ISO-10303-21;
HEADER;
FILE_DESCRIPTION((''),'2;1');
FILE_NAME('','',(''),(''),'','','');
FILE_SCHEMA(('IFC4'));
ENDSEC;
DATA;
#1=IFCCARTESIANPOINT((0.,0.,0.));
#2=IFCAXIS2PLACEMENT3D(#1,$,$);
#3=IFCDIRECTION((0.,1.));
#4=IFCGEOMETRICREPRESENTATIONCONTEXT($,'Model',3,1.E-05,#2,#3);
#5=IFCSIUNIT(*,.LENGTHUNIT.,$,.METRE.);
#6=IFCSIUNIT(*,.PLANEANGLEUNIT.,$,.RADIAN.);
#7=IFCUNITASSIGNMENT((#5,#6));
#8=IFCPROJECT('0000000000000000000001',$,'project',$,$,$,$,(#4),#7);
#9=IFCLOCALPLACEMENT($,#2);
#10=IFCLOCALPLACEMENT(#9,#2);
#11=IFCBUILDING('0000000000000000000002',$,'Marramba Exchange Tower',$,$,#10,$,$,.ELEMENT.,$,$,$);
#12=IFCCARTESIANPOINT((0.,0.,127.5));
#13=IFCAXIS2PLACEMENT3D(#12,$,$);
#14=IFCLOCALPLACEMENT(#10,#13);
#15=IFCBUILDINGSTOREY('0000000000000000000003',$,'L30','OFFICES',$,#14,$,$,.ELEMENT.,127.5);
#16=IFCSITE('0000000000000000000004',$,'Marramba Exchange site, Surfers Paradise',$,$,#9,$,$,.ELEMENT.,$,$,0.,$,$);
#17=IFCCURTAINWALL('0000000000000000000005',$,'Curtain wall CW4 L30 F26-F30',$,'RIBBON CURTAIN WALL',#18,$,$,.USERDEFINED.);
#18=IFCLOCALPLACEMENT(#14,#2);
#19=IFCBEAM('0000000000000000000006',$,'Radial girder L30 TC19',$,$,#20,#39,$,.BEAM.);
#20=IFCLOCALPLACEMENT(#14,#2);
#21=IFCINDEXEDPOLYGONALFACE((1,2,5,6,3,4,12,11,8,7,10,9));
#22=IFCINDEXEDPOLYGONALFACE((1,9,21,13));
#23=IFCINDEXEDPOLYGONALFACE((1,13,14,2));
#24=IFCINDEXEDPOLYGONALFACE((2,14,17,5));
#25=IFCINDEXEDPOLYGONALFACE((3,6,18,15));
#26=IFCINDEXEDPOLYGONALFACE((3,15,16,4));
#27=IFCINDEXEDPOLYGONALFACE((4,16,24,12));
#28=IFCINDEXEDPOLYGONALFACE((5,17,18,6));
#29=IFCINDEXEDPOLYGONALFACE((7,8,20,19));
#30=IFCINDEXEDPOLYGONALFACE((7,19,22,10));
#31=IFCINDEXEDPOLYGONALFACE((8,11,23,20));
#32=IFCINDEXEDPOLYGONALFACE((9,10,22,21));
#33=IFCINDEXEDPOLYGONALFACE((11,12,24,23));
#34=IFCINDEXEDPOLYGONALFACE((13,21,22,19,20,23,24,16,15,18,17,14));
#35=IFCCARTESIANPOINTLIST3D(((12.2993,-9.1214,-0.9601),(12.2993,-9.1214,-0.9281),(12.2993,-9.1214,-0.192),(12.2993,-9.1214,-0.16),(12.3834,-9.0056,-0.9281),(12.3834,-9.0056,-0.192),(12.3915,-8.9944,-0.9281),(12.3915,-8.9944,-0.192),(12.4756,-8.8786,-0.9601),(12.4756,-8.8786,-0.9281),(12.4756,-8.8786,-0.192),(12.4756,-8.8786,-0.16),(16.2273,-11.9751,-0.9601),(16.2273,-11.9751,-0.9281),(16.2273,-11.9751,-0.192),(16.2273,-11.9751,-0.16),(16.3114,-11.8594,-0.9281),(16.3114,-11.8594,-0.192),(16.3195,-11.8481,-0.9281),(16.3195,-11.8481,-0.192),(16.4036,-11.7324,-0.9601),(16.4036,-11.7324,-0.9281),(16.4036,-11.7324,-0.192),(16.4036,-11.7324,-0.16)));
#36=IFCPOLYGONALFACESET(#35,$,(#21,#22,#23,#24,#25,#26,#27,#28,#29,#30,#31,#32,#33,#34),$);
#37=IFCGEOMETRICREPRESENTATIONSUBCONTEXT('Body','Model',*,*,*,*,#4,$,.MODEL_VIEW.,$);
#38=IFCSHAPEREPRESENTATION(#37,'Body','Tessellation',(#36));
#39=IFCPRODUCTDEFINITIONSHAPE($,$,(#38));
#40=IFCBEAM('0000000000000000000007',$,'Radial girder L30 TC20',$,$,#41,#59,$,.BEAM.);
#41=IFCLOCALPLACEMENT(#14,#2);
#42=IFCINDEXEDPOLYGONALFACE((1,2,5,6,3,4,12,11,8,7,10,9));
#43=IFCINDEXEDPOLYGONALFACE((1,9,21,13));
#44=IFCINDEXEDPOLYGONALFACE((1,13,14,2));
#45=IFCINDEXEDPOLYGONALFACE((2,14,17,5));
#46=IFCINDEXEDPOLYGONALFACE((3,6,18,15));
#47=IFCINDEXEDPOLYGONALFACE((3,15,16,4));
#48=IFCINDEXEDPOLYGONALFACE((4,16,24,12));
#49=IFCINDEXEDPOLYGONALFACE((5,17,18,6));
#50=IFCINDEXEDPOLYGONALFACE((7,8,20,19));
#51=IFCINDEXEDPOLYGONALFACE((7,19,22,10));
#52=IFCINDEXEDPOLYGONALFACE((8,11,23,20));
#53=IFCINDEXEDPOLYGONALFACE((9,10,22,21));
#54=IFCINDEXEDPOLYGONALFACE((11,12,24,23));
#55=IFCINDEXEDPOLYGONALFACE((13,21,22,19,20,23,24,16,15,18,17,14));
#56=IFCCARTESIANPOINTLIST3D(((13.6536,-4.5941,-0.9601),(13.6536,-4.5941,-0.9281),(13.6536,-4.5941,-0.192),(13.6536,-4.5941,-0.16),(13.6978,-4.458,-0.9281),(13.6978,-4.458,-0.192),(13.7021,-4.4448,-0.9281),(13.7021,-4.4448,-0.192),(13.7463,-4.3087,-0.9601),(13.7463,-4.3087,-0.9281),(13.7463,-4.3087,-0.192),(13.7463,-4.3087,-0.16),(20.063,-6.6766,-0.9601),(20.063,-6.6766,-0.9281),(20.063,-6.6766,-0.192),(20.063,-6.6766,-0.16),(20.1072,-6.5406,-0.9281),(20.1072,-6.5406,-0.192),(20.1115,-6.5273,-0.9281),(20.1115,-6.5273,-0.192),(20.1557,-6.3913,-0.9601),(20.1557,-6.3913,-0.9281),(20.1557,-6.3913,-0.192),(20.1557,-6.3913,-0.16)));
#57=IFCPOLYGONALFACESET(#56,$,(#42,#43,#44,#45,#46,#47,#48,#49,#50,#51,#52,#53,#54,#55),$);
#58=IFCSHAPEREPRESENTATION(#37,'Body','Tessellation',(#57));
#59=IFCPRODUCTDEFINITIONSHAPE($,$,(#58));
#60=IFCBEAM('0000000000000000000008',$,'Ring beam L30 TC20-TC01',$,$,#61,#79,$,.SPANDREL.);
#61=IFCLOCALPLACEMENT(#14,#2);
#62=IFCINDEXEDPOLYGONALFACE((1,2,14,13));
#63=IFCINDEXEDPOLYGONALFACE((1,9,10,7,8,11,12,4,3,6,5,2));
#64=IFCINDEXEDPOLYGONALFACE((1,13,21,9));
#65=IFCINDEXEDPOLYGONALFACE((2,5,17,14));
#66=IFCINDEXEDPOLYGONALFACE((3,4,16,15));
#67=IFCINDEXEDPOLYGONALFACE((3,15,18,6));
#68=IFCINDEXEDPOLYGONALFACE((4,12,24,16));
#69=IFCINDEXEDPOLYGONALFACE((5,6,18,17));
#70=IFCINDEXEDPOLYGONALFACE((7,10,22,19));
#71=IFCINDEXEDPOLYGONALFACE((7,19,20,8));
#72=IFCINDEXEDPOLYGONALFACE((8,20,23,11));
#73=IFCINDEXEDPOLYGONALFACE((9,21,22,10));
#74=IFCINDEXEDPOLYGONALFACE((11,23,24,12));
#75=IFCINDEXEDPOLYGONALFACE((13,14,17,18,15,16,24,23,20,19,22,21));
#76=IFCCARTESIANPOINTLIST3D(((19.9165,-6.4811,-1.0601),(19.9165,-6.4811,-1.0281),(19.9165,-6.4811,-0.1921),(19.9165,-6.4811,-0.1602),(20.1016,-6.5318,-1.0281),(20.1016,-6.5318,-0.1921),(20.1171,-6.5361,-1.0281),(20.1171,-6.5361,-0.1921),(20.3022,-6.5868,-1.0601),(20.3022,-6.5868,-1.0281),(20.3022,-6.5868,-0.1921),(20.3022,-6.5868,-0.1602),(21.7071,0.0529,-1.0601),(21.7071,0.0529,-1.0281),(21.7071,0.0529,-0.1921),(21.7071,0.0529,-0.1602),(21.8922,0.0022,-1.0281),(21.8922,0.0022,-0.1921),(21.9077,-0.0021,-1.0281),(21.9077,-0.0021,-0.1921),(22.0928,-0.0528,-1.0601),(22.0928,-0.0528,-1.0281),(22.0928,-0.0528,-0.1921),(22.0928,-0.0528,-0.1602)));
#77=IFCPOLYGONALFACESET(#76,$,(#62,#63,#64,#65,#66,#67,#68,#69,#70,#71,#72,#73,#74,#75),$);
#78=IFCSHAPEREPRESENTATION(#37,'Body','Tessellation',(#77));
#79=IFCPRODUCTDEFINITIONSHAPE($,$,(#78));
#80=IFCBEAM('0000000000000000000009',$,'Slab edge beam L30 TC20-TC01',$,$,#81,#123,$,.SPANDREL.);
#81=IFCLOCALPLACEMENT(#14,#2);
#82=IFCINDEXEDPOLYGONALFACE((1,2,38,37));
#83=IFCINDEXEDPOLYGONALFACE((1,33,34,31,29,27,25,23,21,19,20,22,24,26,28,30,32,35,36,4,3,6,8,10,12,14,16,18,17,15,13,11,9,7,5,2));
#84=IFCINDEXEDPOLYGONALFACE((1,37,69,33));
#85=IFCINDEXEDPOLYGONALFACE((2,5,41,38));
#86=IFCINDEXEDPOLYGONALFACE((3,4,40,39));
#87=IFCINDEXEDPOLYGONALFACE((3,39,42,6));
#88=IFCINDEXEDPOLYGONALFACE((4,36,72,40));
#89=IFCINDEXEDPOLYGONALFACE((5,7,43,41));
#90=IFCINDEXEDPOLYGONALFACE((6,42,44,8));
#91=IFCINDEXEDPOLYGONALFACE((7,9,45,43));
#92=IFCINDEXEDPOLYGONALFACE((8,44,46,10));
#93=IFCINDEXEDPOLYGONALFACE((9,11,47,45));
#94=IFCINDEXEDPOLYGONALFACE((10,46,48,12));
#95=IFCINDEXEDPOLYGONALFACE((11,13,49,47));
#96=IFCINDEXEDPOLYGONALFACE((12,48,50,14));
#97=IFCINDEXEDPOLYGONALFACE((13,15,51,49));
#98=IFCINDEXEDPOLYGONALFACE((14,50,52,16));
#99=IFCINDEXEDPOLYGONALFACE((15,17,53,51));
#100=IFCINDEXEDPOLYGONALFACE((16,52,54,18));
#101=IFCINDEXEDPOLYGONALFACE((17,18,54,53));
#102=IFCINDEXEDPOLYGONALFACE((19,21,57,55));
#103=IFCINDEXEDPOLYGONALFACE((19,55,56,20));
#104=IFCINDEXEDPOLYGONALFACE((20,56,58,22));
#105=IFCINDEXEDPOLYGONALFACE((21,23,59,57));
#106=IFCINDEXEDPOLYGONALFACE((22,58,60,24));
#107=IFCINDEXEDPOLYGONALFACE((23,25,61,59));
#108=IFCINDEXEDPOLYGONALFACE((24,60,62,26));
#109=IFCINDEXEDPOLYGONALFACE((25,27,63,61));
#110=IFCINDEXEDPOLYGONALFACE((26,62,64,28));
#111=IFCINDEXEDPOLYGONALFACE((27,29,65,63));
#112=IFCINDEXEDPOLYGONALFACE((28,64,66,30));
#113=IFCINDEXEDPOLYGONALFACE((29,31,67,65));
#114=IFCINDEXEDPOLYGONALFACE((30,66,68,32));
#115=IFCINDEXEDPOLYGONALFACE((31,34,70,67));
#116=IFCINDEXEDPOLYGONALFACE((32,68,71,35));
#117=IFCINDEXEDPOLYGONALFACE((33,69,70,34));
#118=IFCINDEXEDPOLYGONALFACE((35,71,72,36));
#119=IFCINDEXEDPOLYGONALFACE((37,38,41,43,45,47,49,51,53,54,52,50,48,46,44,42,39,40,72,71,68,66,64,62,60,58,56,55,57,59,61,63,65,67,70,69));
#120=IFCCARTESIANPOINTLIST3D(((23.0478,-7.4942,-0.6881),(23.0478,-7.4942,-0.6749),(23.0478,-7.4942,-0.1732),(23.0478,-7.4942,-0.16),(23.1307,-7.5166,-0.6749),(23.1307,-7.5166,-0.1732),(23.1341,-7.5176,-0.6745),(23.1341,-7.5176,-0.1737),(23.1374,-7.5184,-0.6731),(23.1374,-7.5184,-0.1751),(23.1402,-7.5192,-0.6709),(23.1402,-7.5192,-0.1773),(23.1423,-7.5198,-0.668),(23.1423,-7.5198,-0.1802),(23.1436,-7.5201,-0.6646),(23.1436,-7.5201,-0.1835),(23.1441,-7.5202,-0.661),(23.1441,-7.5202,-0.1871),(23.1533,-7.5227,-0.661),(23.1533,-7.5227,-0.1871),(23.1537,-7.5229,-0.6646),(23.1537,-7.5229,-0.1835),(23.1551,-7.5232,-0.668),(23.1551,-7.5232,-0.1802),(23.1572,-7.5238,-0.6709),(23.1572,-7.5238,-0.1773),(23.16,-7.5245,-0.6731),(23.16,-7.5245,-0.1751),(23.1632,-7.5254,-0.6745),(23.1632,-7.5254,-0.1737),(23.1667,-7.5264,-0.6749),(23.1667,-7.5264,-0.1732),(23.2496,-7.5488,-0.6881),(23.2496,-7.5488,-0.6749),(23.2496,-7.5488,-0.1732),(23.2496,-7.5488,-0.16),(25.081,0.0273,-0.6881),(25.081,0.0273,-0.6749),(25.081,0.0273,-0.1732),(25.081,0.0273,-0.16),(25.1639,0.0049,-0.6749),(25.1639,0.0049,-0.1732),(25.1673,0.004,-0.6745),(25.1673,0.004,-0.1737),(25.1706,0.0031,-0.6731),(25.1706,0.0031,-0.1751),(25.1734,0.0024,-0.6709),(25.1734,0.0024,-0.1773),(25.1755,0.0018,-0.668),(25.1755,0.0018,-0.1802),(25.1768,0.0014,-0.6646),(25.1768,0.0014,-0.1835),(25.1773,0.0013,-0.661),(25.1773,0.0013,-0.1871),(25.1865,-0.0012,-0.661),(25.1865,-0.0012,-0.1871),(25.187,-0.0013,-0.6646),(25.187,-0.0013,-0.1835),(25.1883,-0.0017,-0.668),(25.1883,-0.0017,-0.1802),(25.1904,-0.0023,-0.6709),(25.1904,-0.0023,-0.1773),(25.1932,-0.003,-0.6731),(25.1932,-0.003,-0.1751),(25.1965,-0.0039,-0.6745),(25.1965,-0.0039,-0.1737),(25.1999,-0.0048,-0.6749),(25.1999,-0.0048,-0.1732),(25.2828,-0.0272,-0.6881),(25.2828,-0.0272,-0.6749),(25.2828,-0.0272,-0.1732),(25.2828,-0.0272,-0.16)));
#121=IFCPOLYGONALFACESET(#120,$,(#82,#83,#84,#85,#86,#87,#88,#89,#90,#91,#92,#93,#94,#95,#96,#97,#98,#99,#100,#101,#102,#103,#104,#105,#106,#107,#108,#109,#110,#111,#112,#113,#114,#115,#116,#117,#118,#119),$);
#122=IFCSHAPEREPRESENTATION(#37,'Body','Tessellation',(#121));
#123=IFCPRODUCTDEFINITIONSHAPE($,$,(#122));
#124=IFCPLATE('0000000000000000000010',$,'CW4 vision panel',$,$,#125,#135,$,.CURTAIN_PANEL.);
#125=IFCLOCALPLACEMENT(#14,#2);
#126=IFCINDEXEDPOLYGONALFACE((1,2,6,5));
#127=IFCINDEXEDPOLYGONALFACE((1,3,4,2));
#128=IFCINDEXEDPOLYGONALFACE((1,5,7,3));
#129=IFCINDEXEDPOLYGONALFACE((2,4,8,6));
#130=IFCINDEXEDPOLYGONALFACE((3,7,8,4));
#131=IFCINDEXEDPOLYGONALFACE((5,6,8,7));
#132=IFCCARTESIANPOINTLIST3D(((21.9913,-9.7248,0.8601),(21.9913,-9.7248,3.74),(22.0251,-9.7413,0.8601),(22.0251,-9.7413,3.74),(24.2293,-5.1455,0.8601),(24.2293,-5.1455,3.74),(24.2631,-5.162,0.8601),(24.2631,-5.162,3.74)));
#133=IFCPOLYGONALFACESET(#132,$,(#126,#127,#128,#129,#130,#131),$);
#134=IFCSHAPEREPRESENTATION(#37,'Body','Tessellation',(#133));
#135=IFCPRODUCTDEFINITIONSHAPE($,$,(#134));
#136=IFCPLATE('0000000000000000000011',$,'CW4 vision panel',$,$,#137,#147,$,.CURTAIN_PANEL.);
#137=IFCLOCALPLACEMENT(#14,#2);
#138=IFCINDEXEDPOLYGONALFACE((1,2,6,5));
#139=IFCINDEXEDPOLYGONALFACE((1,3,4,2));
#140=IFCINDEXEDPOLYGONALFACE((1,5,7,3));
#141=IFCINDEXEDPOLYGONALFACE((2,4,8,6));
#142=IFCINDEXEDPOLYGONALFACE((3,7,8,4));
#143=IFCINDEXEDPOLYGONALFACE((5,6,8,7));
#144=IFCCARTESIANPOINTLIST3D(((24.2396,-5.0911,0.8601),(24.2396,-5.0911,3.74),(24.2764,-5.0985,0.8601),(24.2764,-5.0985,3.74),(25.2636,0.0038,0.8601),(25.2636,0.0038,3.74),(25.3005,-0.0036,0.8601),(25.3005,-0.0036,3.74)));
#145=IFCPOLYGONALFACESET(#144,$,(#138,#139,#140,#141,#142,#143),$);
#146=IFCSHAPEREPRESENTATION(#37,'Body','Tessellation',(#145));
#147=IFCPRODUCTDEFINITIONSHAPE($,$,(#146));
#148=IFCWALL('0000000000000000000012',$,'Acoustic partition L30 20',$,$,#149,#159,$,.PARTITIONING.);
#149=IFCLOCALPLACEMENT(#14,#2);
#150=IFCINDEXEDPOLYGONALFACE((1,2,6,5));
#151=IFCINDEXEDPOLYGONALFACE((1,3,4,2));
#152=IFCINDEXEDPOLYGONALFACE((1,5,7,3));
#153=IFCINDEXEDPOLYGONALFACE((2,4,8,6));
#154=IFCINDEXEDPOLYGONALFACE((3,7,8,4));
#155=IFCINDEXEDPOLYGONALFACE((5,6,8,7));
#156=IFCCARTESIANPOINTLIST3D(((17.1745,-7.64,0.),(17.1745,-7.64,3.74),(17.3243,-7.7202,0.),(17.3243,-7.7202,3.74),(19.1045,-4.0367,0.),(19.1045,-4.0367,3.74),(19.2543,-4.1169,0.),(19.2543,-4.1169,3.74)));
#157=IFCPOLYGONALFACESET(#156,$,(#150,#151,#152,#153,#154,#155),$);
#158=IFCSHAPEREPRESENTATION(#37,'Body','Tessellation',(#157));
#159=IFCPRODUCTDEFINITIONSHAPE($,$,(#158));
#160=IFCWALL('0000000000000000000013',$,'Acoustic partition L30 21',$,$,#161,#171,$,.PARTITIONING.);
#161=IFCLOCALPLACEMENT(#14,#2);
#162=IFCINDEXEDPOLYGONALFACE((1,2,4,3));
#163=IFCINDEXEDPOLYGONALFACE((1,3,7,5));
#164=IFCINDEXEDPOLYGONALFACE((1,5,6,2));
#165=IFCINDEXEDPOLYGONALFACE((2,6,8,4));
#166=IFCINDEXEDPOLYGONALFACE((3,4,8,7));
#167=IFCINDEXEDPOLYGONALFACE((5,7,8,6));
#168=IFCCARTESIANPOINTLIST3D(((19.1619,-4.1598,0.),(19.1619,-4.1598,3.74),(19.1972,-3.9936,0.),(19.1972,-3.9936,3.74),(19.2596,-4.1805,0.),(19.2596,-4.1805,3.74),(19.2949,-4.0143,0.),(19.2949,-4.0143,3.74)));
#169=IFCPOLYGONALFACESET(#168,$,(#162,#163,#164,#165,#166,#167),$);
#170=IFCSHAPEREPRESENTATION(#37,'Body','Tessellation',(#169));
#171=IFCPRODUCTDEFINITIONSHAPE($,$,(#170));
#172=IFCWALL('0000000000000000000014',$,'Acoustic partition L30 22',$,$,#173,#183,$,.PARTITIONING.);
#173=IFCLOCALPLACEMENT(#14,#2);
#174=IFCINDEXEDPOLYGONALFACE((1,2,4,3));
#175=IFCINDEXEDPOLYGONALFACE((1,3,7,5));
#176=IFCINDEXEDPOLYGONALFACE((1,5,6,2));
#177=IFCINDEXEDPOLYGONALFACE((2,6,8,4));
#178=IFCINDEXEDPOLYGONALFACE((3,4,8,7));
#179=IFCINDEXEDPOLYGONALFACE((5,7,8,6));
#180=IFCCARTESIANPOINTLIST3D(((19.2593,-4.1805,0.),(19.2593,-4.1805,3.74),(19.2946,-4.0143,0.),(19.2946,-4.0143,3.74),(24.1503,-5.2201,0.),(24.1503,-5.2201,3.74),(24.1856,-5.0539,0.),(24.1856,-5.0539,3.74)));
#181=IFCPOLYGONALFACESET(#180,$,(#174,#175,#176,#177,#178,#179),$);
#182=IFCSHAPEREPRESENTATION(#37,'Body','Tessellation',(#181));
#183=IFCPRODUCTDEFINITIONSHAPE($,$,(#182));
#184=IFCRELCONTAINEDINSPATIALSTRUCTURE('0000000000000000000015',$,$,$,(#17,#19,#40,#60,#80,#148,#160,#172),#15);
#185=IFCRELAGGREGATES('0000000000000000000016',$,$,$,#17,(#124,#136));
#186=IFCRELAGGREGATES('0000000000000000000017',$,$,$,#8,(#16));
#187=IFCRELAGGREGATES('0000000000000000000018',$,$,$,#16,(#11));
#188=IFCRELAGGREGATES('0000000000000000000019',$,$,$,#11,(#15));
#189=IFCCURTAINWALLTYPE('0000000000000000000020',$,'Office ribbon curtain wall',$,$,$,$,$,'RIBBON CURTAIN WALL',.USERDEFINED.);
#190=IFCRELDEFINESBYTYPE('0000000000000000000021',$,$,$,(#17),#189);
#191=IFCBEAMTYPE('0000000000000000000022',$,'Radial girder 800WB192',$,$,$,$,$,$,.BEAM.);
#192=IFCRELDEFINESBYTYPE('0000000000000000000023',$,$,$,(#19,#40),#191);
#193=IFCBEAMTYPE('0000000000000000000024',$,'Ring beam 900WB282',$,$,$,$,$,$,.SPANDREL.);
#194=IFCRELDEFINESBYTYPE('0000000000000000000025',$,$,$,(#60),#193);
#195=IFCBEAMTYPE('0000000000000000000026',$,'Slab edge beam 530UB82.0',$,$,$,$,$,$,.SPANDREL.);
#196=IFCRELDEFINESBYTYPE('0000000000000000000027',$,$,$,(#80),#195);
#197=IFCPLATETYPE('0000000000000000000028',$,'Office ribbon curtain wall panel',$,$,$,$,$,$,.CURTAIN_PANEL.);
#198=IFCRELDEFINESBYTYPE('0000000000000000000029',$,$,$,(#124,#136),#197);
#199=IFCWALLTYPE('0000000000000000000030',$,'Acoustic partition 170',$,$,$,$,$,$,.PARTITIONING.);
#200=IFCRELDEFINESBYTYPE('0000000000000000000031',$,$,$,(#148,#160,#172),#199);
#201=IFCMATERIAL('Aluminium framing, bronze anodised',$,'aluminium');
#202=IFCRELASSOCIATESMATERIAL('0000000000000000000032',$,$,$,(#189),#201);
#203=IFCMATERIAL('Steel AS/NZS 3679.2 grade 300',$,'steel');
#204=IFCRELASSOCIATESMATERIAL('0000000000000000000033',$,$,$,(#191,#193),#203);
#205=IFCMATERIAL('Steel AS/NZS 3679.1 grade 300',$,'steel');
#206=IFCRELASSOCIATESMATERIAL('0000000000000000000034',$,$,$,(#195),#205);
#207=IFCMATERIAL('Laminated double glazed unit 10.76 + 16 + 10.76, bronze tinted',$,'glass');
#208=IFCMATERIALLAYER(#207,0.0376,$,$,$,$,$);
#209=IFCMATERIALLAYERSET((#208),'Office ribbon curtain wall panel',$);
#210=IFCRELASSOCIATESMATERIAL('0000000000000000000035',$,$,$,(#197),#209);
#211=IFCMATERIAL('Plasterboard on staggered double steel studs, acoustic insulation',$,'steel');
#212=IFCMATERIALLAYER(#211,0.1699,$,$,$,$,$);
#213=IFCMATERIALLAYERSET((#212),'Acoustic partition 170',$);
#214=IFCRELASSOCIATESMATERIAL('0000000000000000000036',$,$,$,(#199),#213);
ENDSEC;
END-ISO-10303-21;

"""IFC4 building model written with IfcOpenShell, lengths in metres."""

from ifc_helpers import new_model, si_unit, direction, frame, frame_2d, origin, origin_2d, place, context, subcontext, project, spatial, rectangle, i_section, extrude, material, layer, layer_set, material_profile, profile_set, type_object, element, aggregate, save


model = new_model("IFC4")

# Units and contexts
model_context = context("Model", 3, precision=1e-05, world=origin(), true_north=direction((0.0, 1.0)))
body_context = subcontext(model_context, "Body", "Model", "MODEL_VIEW")
ifc_project = project(units=[si_unit("LENGTHUNIT", "METRE"), si_unit("PLANEANGLEUNIT", "RADIAN")], contexts=[model_context])

# Site, building, storey
site_placement = place(None, origin())
site = spatial("IfcSite", under=ifc_project, at=site_placement, Name="Marramba Exchange site, Surfers Paradise", CompositionType="ELEMENT", RefElevation=0.0)
building_placement = place(site_placement, origin())
building = spatial("IfcBuilding", under=site, at=building_placement, Name="Marramba Exchange Tower", CompositionType="ELEMENT")
storey_placement = place(building_placement, frame((0.0, 0.0, 127.5)))
storey = spatial("IfcBuildingStorey", under=building, at=storey_placement, Name="L30", Description="OFFICES", CompositionType="ELEMENT", Elevation=127.5)

# Shared definitions
ifc_material_1 = material(Name="Steel AS/NZS 3679.2 grade 300", Category="steel")
ifc_material_2 = material(Name="Steel AS/NZS 3679.1 grade 300", Category="steel")

# Curtain wall
ifc_material_3 = material(Name="Aluminium framing, bronze anodised", Category="aluminium")
curtain_wall_type = type_object("IfcCurtainWallType", Name="Office ribbon curtain wall", ElementType="RIBBON CURTAIN WALL", PredefinedType="USERDEFINED", material=ifc_material_3)
curtain_wall_placement = place(storey_placement, origin())
curtain_wall = element("IfcCurtainWall", 1, at=curtain_wall_placement, inside=storey, type_object=curtain_wall_type, Name="Curtain wall CW4 L30 F26-F30", ObjectType="RIBBON CURTAIN WALL", PredefinedType="USERDEFINED")

# Beams
ifc_material_profile_1 = material_profile(ifc_material_1, i_section(OverallWidth=0.3, OverallDepth=0.8, WebThickness=0.0139, FlangeThickness=0.032, at=origin_2d()), Name="800WB192")
ifc_profile_set_1 = profile_set([ifc_material_profile_1], Name="Steel AS/NZS 3679.2 grade 300")
beam_type_1 = type_object("IfcBeamType", Name="Radial girder 800WB192", PredefinedType="BEAM", material=ifc_profile_set_1)
beam_1_placement = place(storey_placement, frame((12.3875, -9.0, -0.5601), z_axis=(0.809025, -0.587774, 0.0), x_axis=(0.587774, 0.809025, 0.0)))
element("IfcBeam", 2, at=beam_1_placement, inside=storey, type_object=beam_type_1, Name="Radial girder L30 TC19", PredefinedType="BEAM", context=body_context, shape_type="SweptSolid", body=[
    extrude(i_section(OverallWidth=0.3, OverallDepth=0.8, WebThickness=0.0139, FlangeThickness=0.032, at=origin_2d()), origin(), (0.0, 0.0, 1.0), 4.8552),
])
beam_2_placement = place(storey_placement, frame((13.7, -4.4514, -0.5601), z_axis=(0.951058, -0.309013, 0.0), x_axis=(0.309013, 0.951058, 0.0)))
element("IfcBeam", 3, at=beam_2_placement, inside=storey, type_object=beam_type_1, Name="Radial girder L30 TC20", PredefinedType="BEAM", context=body_context, shape_type="SweptSolid", body=[
    extrude(i_section(OverallWidth=0.3, OverallDepth=0.8, WebThickness=0.0139, FlangeThickness=0.032, at=origin_2d()), origin(), (0.0, 0.0, 1.0), 6.7393),
])
ifc_material_profile_2 = material_profile(ifc_material_1, i_section(OverallWidth=0.3999, OverallDepth=0.8999, WebThickness=0.0161, FlangeThickness=0.032, at=origin_2d()), Name="900WB282")
ifc_profile_set_2 = profile_set([ifc_material_profile_2], Name="Steel AS/NZS 3679.2 grade 300")
beam_type_2 = type_object("IfcBeamType", Name="Ring beam 900WB282", PredefinedType="SPANDREL", material=ifc_profile_set_2)
beam_3_placement = place(storey_placement, frame((20.1094, -6.5339, -0.6101), z_axis=(0.264291, 0.964443, 0.0), x_axis=(-0.964443, 0.264291, 0.0)))
element("IfcBeam", 4, at=beam_3_placement, inside=storey, type_object=beam_type_2, Name="Ring beam L30 TC20-TC01", PredefinedType="SPANDREL", context=body_context, shape_type="SweptSolid", body=[
    extrude(i_section(OverallWidth=0.3999, OverallDepth=0.8999, WebThickness=0.0161, FlangeThickness=0.032, at=origin_2d()), origin(), (0.0, 0.0, 1.0), 6.7749),
])
ifc_material_profile_3 = material_profile(ifc_material_2, i_section(OverallWidth=0.209, OverallDepth=0.5281, WebThickness=0.0095, FlangeThickness=0.0132, FilletRadius=0.0139, at=origin_2d()), Name="530UB82.0")
ifc_profile_set_3 = profile_set([ifc_material_profile_3], Name="Steel AS/NZS 3679.1 grade 300")
beam_type_3 = type_object("IfcBeamType", Name="Slab edge beam 530UB82.0", PredefinedType="SPANDREL", material=ifc_profile_set_3)
beam_4_placement = place(storey_placement, frame((23.1487, -7.5215, -0.4241), z_axis=(0.260953, 0.965351, 0.0), x_axis=(-0.965351, 0.260953, 0.0)))
element("IfcBeam", 5, at=beam_4_placement, inside=storey, type_object=beam_type_3, Name="Slab edge beam L30 TC20-TC01", PredefinedType="SPANDREL", context=body_context, shape_type="SweptSolid", body=[
    extrude(i_section(OverallWidth=0.209, OverallDepth=0.5281, WebThickness=0.0095, FlangeThickness=0.0132, FilletRadius=0.0139, at=origin_2d()), origin(), (0.0, 0.0, 1.0), 7.7915),
])

# Plates
ifc_material_4 = material(Name="Laminated double glazed unit 10.76 + 16 + 10.76, bronze tinted", Category="glass")
ifc_layer_1 = layer(ifc_material_4, 0.0376)
ifc_layer_set_1 = layer_set([ifc_layer_1], Name="Office ribbon curtain wall panel")
plate_type = type_object("IfcPlateType", Name="Office ribbon curtain wall panel", PredefinedType="CURTAIN_PANEL", material=ifc_layer_set_1)
plate_1_placement = place(storey_placement, frame((23.1272, -7.4434, 0.8601), z_axis=(0.0, 0.0, 1.0), x_axis=(0.439086, 0.898445, 0.0)))
plate_1 = element("IfcPlate", 6, at=plate_1_placement, type_object=plate_type, Name="CW4 vision panel", PredefinedType="CURTAIN_PANEL", context=body_context, shape_type="SweptSolid", body=[
    extrude(rectangle(XDim=5.0969, YDim=0.0376, at=origin_2d()), origin(), (0.0, 0.0, 1.0), 2.8799),
])
plate_2_placement = place(storey_placement, frame((24.77, -2.5474, 0.8601), z_axis=(0.0, 0.0, 1.0), x_axis=(0.197049, 0.980394, 0.0)))
plate_2 = element("IfcPlate", 7, at=plate_2_placement, type_object=plate_type, Name="CW4 vision panel", PredefinedType="CURTAIN_PANEL", context=body_context, shape_type="SweptSolid", body=[
    extrude(rectangle(XDim=5.1968, YDim=0.0376, at=origin_2d()), origin(), (0.0, 0.0, 1.0), 2.8799),
])
aggregate(curtain_wall, [plate_1, plate_2])

# Shared definitions
ifc_material_5 = material(Name="Plasterboard on staggered double steel studs, acoustic insulation", Category="steel")
ifc_layer_2 = layer(ifc_material_5, 0.1699)
ifc_layer_set_2 = layer_set([ifc_layer_2], Name="Acoustic partition 170")
wall_type_1 = type_object("IfcWallType", Name="Acoustic partition 170", PredefinedType="PARTITIONING", material=ifc_layer_set_2)

# Walls
wall_1_placement = place(storey_placement, frame((19.1794, -4.0767, 0.0), z_axis=(0.0, 0.0, 1.0), x_axis=(-0.472147, -0.88152, 0.0)))
element("IfcWall", 8, at=wall_1_placement, inside=storey, type_object=wall_type_1, Name="Acoustic partition L30 20", PredefinedType="PARTITIONING", context=body_context, shape_type="SweptSolid", body=[
    extrude(rectangle(XDim=4.0876, YDim=0.1699, at=frame_2d((2.0439, 0.0))), origin(), (0.0, 0.0, 1.0), 3.74),
])
wall_2_placement = place(storey_placement, frame((19.2771, -4.0974, 0.0), z_axis=(0.0, 0.0, 1.0), x_axis=(-0.978159, 0.207859, 0.0)))
element("IfcWall", 9, at=wall_2_placement, inside=storey, type_object=wall_type_1, Name="Acoustic partition L30 21", PredefinedType="PARTITIONING", context=body_context, shape_type="SweptSolid", body=[
    extrude(rectangle(XDim=0.0999, YDim=0.1699, at=frame_2d((0.0498, 0.0))), origin(), (0.0, 0.0, 1.0), 3.74),
])
wall_3_placement = place(storey_placement, frame((19.2771, -4.0974, 0.0), z_axis=(0.0, 0.0, 1.0), x_axis=(0.978149, -0.207905, 0.0)))
element("IfcWall", 10, at=wall_3_placement, inside=storey, type_object=wall_type_1, Name="Acoustic partition L30 22", PredefinedType="PARTITIONING", context=body_context, shape_type="SweptSolid", body=[
    extrude(rectangle(XDim=5.0002, YDim=0.1699, at=frame_2d((2.5, 0.0))), origin(), (0.0, 0.0, 1.0), 3.74),
])

save(model, "model.ifc")
